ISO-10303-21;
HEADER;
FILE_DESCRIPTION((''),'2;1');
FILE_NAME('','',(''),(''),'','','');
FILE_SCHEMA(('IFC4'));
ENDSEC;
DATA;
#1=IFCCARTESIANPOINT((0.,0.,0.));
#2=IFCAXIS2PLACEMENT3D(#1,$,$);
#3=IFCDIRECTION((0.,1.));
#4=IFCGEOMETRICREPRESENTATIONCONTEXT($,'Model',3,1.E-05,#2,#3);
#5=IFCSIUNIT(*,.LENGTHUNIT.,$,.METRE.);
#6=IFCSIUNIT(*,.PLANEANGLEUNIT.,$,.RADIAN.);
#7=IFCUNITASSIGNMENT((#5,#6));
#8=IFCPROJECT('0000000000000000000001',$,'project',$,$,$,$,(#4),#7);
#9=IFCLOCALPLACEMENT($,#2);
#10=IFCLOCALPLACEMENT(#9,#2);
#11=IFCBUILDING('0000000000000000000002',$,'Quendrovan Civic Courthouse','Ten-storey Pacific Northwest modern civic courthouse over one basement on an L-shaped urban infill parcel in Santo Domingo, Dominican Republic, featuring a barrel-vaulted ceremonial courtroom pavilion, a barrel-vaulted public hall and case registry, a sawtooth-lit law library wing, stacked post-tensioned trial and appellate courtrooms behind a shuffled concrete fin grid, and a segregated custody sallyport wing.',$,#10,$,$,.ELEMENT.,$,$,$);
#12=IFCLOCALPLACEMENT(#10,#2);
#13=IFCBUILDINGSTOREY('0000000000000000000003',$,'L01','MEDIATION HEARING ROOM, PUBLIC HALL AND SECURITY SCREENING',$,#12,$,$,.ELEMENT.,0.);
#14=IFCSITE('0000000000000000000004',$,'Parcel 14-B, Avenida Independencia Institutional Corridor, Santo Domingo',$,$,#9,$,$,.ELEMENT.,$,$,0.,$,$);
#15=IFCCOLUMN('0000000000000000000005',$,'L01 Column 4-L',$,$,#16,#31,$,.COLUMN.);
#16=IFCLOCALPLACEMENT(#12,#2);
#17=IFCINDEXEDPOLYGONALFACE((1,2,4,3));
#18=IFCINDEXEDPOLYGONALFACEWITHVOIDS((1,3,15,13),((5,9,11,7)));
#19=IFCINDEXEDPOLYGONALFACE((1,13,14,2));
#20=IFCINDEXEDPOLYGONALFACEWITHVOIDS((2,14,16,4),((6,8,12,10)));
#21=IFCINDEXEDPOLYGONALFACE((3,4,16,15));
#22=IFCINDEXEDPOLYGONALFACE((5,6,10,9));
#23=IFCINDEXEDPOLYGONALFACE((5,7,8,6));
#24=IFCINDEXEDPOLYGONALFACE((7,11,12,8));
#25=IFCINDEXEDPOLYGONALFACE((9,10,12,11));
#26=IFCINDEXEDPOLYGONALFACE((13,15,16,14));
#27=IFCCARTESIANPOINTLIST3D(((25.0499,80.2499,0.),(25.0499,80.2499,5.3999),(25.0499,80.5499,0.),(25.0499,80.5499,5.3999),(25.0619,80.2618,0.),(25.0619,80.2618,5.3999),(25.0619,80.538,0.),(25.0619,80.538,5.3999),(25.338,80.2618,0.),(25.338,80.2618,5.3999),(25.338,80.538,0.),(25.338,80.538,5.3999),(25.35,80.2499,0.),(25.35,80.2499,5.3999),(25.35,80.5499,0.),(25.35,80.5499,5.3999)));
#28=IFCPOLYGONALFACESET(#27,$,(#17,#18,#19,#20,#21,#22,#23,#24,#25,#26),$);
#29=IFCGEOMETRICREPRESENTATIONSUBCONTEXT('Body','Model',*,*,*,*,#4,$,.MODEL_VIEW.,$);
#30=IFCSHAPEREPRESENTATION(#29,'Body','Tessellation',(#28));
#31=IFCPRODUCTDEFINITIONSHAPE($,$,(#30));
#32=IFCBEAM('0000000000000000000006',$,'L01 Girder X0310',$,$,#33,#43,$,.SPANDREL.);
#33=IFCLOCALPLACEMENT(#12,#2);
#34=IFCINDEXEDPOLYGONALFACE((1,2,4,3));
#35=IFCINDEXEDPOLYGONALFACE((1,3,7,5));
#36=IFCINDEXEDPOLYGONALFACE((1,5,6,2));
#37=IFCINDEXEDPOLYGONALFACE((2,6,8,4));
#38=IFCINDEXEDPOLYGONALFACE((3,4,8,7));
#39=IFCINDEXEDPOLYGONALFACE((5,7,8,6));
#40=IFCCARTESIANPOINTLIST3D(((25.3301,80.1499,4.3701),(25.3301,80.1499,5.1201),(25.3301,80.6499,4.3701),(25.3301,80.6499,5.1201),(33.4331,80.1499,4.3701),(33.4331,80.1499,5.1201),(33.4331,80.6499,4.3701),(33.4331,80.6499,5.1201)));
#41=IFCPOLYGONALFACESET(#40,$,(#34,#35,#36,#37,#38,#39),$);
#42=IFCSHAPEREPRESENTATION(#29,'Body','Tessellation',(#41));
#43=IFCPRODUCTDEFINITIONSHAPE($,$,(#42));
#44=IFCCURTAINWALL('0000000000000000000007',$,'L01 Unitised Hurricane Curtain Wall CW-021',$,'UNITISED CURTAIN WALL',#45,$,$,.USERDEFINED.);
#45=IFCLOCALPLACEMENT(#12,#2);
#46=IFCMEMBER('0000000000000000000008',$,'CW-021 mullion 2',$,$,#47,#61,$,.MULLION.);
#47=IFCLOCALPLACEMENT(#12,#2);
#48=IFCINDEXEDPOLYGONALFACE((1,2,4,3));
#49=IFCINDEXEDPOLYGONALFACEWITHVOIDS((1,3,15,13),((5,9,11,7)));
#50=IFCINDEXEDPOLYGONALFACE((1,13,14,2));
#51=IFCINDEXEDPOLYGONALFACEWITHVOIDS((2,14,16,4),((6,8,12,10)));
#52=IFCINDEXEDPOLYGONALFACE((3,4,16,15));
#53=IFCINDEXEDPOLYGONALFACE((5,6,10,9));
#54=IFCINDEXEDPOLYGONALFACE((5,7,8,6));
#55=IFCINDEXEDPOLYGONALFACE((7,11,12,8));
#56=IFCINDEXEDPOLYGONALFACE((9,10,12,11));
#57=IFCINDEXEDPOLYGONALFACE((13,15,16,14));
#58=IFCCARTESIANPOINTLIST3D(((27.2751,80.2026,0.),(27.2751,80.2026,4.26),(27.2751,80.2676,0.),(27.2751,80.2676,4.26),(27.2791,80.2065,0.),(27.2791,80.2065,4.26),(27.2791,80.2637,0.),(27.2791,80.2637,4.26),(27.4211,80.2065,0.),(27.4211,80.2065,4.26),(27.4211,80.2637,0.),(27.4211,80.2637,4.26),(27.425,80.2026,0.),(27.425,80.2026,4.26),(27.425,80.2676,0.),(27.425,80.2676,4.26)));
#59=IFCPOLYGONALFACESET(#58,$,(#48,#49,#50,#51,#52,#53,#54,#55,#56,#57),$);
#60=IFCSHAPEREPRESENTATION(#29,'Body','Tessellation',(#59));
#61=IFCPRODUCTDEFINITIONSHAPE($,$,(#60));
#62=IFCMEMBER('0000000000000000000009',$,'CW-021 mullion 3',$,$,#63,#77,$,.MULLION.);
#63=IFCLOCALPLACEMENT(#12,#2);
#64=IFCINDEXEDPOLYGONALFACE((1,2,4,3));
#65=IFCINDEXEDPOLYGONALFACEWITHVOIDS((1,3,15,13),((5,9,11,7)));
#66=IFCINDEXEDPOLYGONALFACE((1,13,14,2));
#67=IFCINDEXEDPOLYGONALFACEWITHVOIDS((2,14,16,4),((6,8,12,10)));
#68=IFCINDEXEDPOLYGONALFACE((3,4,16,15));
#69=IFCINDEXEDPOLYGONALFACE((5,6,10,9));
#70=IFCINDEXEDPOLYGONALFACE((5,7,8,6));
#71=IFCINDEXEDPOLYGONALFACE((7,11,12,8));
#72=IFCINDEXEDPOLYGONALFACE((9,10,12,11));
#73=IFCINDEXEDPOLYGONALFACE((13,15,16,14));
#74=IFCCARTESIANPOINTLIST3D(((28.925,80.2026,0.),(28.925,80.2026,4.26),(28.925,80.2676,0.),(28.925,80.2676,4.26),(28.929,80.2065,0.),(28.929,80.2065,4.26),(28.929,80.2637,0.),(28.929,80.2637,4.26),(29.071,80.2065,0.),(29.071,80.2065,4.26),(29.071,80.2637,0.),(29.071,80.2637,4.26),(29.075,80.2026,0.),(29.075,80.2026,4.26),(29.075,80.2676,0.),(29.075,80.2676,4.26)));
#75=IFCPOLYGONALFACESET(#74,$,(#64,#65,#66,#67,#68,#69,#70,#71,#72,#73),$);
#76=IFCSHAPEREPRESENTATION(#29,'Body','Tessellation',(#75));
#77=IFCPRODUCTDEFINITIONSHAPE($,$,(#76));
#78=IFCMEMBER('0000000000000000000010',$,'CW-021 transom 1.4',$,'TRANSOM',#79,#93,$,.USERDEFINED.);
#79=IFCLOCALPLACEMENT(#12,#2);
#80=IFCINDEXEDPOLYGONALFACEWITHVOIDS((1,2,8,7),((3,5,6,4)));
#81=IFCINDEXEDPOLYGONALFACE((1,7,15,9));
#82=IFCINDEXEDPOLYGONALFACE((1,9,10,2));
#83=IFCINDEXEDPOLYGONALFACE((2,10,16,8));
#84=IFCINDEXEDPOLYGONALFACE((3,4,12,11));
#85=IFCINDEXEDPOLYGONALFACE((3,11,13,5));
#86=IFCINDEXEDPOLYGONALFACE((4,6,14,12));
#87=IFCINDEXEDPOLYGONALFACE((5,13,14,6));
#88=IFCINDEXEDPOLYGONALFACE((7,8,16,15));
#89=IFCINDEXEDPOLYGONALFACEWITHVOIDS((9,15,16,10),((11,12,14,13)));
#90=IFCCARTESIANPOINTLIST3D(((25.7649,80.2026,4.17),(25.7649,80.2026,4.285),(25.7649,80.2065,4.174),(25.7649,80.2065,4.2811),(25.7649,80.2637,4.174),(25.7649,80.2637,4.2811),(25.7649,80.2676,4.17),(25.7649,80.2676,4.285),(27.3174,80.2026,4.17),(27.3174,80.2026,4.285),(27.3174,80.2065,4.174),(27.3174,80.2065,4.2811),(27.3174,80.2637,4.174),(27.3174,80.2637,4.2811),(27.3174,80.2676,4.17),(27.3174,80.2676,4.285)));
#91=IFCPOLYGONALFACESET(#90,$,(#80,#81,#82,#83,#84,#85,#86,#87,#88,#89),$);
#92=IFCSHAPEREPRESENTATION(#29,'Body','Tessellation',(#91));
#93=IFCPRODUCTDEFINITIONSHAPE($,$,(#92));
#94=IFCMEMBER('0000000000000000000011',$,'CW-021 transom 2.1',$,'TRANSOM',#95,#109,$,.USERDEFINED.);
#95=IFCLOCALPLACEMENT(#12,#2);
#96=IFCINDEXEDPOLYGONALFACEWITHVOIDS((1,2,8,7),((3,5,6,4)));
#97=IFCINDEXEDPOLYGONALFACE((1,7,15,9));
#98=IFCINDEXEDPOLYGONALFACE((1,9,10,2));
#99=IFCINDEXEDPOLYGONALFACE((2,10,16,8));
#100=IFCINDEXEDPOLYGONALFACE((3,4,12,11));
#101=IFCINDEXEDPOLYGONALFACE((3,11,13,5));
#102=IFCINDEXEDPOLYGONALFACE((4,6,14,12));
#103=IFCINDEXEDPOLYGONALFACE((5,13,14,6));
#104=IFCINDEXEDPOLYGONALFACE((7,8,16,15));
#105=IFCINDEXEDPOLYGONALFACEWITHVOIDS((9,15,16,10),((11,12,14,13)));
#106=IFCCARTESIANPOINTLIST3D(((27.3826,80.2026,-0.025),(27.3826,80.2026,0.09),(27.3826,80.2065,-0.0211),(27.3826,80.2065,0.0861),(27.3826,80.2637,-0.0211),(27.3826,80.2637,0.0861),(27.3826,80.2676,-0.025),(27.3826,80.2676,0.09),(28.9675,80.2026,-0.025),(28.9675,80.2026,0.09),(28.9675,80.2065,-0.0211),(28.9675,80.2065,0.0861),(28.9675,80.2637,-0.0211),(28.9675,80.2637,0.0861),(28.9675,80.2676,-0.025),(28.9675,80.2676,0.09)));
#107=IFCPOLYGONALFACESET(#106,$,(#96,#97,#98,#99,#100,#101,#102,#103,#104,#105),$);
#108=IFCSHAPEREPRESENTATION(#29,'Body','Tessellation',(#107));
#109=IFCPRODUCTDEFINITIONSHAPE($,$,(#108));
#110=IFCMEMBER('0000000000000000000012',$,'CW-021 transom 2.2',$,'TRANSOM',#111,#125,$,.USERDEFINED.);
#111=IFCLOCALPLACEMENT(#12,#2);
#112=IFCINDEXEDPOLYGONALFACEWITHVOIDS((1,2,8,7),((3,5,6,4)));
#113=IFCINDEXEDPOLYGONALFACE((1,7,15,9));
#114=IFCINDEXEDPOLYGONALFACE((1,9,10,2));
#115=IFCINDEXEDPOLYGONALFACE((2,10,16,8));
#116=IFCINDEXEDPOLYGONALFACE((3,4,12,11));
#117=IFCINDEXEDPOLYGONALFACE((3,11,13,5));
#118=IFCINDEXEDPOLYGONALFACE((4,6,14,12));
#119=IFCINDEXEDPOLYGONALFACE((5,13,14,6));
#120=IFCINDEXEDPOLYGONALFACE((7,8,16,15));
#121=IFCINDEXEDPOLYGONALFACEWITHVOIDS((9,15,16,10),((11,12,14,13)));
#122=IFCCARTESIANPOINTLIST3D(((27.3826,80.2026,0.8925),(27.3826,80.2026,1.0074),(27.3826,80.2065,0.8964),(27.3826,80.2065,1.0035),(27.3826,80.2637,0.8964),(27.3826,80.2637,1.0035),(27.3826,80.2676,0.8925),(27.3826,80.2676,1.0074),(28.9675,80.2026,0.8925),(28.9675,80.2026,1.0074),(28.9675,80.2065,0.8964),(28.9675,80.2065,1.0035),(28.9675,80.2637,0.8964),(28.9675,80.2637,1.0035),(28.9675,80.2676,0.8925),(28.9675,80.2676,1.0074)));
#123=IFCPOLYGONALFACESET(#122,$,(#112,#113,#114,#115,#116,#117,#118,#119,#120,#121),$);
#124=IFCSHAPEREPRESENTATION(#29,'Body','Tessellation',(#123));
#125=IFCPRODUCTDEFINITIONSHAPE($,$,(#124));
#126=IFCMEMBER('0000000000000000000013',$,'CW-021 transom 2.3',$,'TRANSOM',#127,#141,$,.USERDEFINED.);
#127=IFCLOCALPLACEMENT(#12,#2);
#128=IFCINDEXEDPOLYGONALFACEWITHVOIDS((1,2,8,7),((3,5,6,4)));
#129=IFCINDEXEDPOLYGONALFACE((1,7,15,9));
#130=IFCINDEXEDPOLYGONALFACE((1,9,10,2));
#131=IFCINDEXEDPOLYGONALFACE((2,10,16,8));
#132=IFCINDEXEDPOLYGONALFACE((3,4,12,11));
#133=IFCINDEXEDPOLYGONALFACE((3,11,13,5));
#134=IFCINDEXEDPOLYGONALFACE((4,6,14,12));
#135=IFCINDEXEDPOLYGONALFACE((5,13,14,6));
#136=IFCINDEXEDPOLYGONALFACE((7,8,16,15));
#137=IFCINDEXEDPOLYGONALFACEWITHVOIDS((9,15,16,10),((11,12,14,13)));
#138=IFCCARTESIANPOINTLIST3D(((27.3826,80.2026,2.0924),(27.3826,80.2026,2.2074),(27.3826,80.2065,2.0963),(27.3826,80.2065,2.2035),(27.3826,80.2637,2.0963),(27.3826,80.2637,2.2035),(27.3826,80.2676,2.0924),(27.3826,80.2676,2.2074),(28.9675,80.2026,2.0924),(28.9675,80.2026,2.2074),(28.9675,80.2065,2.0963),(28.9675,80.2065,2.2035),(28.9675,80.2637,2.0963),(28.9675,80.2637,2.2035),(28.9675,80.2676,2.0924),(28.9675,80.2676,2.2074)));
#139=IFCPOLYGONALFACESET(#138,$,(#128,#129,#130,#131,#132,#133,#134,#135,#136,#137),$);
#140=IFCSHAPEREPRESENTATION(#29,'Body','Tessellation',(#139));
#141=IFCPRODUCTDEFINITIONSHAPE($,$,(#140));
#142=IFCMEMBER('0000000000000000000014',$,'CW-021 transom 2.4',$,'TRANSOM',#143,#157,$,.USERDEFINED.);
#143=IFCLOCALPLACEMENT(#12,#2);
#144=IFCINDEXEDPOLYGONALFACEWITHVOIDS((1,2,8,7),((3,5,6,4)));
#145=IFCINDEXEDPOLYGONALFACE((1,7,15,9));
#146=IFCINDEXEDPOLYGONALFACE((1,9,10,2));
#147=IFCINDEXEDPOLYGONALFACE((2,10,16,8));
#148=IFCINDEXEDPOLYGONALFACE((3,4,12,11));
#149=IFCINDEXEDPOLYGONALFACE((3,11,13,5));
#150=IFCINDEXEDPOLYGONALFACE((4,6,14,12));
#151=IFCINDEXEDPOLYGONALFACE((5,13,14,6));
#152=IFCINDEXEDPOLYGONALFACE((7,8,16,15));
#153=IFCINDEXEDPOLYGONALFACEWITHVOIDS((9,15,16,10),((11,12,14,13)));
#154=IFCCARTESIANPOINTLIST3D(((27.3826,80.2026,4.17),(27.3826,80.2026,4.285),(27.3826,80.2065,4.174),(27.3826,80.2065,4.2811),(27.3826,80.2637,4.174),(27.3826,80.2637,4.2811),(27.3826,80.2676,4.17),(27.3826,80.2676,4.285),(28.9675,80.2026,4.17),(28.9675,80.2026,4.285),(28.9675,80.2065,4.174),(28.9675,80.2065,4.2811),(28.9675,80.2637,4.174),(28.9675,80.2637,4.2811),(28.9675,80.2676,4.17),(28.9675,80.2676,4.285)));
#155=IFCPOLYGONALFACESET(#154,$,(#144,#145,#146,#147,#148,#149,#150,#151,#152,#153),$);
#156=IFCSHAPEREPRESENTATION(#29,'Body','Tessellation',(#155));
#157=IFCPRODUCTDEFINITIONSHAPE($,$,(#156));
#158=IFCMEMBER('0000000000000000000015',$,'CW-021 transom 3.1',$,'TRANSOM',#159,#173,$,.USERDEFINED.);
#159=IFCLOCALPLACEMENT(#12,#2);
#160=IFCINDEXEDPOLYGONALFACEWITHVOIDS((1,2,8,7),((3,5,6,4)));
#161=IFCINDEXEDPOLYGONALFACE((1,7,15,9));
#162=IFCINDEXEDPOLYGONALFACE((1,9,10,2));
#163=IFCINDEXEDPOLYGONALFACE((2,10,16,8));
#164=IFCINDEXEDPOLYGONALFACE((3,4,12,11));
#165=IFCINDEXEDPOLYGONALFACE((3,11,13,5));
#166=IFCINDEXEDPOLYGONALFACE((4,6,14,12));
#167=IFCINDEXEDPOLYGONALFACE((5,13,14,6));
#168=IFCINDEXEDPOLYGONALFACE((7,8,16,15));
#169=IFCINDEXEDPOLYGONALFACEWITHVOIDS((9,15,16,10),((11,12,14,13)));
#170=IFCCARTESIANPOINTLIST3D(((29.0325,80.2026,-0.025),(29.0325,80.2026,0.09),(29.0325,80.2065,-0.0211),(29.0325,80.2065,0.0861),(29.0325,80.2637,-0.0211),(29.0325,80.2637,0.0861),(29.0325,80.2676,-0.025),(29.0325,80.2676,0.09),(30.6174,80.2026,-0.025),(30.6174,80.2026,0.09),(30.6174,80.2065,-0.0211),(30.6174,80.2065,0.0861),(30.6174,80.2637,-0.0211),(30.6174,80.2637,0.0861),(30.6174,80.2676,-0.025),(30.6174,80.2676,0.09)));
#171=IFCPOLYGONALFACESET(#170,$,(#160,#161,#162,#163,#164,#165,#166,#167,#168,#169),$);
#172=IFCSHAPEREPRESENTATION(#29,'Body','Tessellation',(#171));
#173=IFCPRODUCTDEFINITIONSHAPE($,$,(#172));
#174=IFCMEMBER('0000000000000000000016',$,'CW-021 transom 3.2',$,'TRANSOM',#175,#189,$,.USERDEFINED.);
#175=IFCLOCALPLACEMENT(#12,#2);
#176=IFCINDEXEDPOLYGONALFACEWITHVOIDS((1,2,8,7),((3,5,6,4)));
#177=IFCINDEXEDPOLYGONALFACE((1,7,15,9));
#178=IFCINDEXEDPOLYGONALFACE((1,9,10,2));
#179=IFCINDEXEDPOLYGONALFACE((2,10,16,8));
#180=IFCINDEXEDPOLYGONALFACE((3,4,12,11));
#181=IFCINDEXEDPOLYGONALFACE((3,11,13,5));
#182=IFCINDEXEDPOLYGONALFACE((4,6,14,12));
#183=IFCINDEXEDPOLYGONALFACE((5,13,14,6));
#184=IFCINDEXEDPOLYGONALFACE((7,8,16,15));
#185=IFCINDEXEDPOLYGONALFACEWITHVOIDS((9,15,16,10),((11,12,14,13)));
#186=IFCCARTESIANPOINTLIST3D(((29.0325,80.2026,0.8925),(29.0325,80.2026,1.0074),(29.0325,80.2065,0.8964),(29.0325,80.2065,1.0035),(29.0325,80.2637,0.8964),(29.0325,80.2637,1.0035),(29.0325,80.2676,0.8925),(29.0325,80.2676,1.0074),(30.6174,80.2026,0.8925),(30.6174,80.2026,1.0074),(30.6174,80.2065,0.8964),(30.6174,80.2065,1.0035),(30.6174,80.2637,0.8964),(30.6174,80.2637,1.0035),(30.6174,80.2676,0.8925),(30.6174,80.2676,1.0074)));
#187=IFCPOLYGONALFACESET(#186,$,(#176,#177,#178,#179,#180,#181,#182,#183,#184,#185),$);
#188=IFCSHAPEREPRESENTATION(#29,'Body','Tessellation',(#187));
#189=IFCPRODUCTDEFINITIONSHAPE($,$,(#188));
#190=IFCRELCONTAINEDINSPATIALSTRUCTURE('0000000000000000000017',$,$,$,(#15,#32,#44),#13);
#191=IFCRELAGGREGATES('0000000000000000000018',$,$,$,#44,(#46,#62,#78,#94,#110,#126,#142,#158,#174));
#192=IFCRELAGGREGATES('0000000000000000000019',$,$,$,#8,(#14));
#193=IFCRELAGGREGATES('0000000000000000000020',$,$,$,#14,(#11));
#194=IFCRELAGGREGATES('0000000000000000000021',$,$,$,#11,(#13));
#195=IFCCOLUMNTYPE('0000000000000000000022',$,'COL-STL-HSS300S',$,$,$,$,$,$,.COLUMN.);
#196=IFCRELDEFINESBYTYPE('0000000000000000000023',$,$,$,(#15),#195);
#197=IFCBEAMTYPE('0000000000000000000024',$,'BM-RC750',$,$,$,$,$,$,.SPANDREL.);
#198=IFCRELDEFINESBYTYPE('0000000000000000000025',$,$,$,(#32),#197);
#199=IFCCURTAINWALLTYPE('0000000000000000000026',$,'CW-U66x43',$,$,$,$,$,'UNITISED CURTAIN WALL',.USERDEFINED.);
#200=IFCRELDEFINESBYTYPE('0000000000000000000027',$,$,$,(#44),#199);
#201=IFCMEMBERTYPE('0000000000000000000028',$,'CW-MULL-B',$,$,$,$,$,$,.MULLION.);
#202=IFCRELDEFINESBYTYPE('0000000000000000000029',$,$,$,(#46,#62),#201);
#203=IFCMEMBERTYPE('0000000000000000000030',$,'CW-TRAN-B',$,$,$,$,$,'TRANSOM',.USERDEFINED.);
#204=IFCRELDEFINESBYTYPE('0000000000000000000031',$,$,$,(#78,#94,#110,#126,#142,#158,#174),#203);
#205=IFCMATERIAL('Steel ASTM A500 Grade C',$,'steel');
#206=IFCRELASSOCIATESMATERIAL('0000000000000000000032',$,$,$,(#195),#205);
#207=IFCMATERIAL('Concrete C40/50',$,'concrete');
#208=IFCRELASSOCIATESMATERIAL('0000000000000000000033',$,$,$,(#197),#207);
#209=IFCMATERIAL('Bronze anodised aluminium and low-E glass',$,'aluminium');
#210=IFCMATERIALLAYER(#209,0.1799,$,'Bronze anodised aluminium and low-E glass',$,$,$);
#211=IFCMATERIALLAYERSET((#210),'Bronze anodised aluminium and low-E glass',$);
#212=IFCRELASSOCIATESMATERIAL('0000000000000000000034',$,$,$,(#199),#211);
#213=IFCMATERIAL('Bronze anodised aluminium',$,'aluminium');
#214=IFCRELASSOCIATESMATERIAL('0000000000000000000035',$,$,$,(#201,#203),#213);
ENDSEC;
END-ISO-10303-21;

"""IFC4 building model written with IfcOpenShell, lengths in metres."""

from ifc_helpers import new_model, si_unit, direction, frame, origin, origin_2d, place, context, subcontext, project, spatial, rectangle, hollow_rectangle, extrude, material, layer, layer_set, material_profile, profile_set, type_object, element, aggregate, save


model = new_model("IFC4")

# Units and contexts
model_context = context("Model", 3, precision=1e-05, world=origin(), true_north=direction((0.0, 1.0)))
body_context = subcontext(model_context, "Body", "Model", "MODEL_VIEW")
ifc_project = project(units=[si_unit("LENGTHUNIT", "METRE"), si_unit("PLANEANGLEUNIT", "RADIAN")], contexts=[model_context])

# Site, building, storey
site_placement = place(None, origin())
site = spatial("IfcSite", under=ifc_project, at=site_placement, Name="Parcel 14-B, Avenida Independencia Institutional Corridor, Santo Domingo", CompositionType="ELEMENT", RefElevation=0.0)
building_placement = place(site_placement, origin())
building = spatial("IfcBuilding", under=site, at=building_placement, Name="Quendrovan Civic Courthouse", Description="Ten-storey Pacific Northwest modern civic courthouse over one basement on an L-shaped urban infill parcel in Santo Domingo, Dominican Republic, featuring a barrel-vaulted ceremonial courtroom pavilion, a barrel-vaulted public hall and case registry, a sawtooth-lit law library wing, stacked post-tensioned trial and appellate courtrooms behind a shuffled concrete fin grid, and a segregated custody sallyport wing.", CompositionType="ELEMENT")
storey_placement = place(building_placement, origin())
storey = spatial("IfcBuildingStorey", under=building, at=storey_placement, Name="L01", Description="MEDIATION HEARING ROOM, PUBLIC HALL AND SECURITY SCREENING", CompositionType="ELEMENT", Elevation=0.0)

# Column
ifc_material_1 = material(Name="Steel ASTM A500 Grade C", Category="steel")
ifc_material_profile_1 = material_profile(ifc_material_1, hollow_rectangle(XDim=0.3, YDim=0.3, WallThickness=0.012, at=origin_2d()), Name="HSS300x300x12")
ifc_profile_set_1 = profile_set([ifc_material_profile_1], Name="Steel ASTM A500 Grade C")
column_type = type_object("IfcColumnType", Name="COL-STL-HSS300S", PredefinedType="COLUMN", material=ifc_profile_set_1)
column_placement = place(storey_placement, frame((25.2, 80.3999, 0.0), z_axis=(0.0, 0.0, 1.0), x_axis=(1.0, 0.0, 0.0)))
element("IfcColumn", 1, at=column_placement, inside=storey, type_object=column_type, Name="L01 Column 4-L", PredefinedType="COLUMN", context=body_context, shape_type="SweptSolid", body=[
    extrude(hollow_rectangle(XDim=0.3, YDim=0.3, WallThickness=0.012, at=origin_2d()), origin(), (0.0, 0.0, 1.0), 5.3999),
])

# Beam
ifc_material_2 = material(Name="Concrete C40/50", Category="concrete")
ifc_material_profile_2 = material_profile(ifc_material_2, rectangle(XDim=0.5, YDim=0.75, at=origin_2d()), Name="RC-BM-500x750")
ifc_profile_set_2 = profile_set([ifc_material_profile_2], Name="Concrete C40/50")
beam_type = type_object("IfcBeamType", Name="BM-RC750", PredefinedType="SPANDREL", material=ifc_profile_set_2)
beam_placement = place(storey_placement, frame((25.3301, 80.3999, 4.7451), z_axis=(1.0, 0.0, 0.0), x_axis=(0.0, 1.0, 0.0)))
element("IfcBeam", 2, at=beam_placement, inside=storey, type_object=beam_type, Name="L01 Girder X0310", PredefinedType="SPANDREL", context=body_context, shape_type="SweptSolid", body=[
    extrude(rectangle(XDim=0.5, YDim=0.75, at=origin_2d()), origin(), (0.0, 0.0, 1.0), 8.103),
])

# Curtain wall, members
ifc_material_3 = material(Name="Bronze anodised aluminium and low-E glass", Category="aluminium")
ifc_layer_1 = layer(ifc_material_3, 0.1799, Name="Bronze anodised aluminium and low-E glass")
ifc_layer_set_1 = layer_set([ifc_layer_1], Name="Bronze anodised aluminium and low-E glass")
curtain_wall_type = type_object("IfcCurtainWallType", Name="CW-U66x43", ElementType="UNITISED CURTAIN WALL", PredefinedType="USERDEFINED", material=ifc_layer_set_1)
curtain_wall_placement = place(storey_placement, origin())
curtain_wall = element("IfcCurtainWall", 3, at=curtain_wall_placement, inside=storey, type_object=curtain_wall_type, Name="L01 Unitised Hurricane Curtain Wall CW-021", ObjectType="UNITISED CURTAIN WALL", PredefinedType="USERDEFINED")
ifc_material_4 = material(Name="Bronze anodised aluminium", Category="aluminium")
ifc_material_profile_3 = material_profile(ifc_material_4, hollow_rectangle(XDim=0.0649, YDim=0.1499, WallThickness=0.0039, at=origin_2d()), Name="CW-MULL-65x150")
ifc_profile_set_3 = profile_set([ifc_material_profile_3], Name="Bronze anodised aluminium")
member_type_1 = type_object("IfcMemberType", Name="CW-MULL-B", PredefinedType="MULLION", material=ifc_profile_set_3)
member_1_placement = place(storey_placement, frame((27.3501, 80.2351, 0.0), z_axis=(0.0, 0.0, 1.0), x_axis=(0.0, 1.0, 0.0)))
member_1 = element("IfcMember", 4, at=member_1_placement, type_object=member_type_1, Name="CW-021 mullion 2", PredefinedType="MULLION", context=body_context, shape_type="SweptSolid", body=[
    extrude(hollow_rectangle(XDim=0.0649, YDim=0.1499, WallThickness=0.0039, at=origin_2d()), origin(), (0.0, 0.0, 1.0), 4.26),
])
member_2_placement = place(storey_placement, frame((29.0, 80.2351, 0.0), z_axis=(0.0, 0.0, 1.0), x_axis=(0.0, 1.0, 0.0)))
member_2 = element("IfcMember", 5, at=member_2_placement, type_object=member_type_1, Name="CW-021 mullion 3", PredefinedType="MULLION", context=body_context, shape_type="SweptSolid", body=[
    extrude(hollow_rectangle(XDim=0.0649, YDim=0.1499, WallThickness=0.0039, at=origin_2d()), origin(), (0.0, 0.0, 1.0), 4.26),
])
ifc_material_profile_4 = material_profile(ifc_material_4, hollow_rectangle(XDim=0.0649, YDim=0.115, WallThickness=0.0039, at=origin_2d()), Name="CW-TRAN-65x115")
ifc_profile_set_4 = profile_set([ifc_material_profile_4], Name="Bronze anodised aluminium")
member_type_2 = type_object("IfcMemberType", Name="CW-TRAN-B", ElementType="TRANSOM", PredefinedType="USERDEFINED", material=ifc_profile_set_4)
member_3_placement = place(storey_placement, frame((25.7649, 80.2351, 4.2275), z_axis=(1.0, 0.0, 0.0), x_axis=(0.0, 1.0, 0.0)))
member_3 = element("IfcMember", 6, at=member_3_placement, type_object=member_type_2, Name="CW-021 transom 1.4", ObjectType="TRANSOM", PredefinedType="USERDEFINED", context=body_context, shape_type="SweptSolid", body=[
    extrude(hollow_rectangle(XDim=0.0649, YDim=0.115, WallThickness=0.0039, at=origin_2d()), origin(), (0.0, 0.0, 1.0), 1.5525),
])
member_4_placement = place(storey_placement, frame((27.3826, 80.2351, 0.0325), z_axis=(1.0, 0.0, 0.0), x_axis=(0.0, 1.0, 0.0)))
member_4 = element("IfcMember", 7, at=member_4_placement, type_object=member_type_2, Name="CW-021 transom 2.1", ObjectType="TRANSOM", PredefinedType="USERDEFINED", context=body_context, shape_type="SweptSolid", body=[
    extrude(hollow_rectangle(XDim=0.0649, YDim=0.115, WallThickness=0.0039, at=origin_2d()), origin(), (0.0, 0.0, 1.0), 1.585),
])
member_5_placement = place(storey_placement, frame((27.3826, 80.2351, 0.95), z_axis=(1.0, 0.0, 0.0), x_axis=(0.0, 1.0, 0.0)))
member_5 = element("IfcMember", 8, at=member_5_placement, type_object=member_type_2, Name="CW-021 transom 2.2", ObjectType="TRANSOM", PredefinedType="USERDEFINED", context=body_context, shape_type="SweptSolid", body=[
    extrude(hollow_rectangle(XDim=0.0649, YDim=0.115, WallThickness=0.0039, at=origin_2d()), origin(), (0.0, 0.0, 1.0), 1.585),
])
member_6_placement = place(storey_placement, frame((27.3826, 80.2351, 2.1499), z_axis=(1.0, 0.0, 0.0), x_axis=(0.0, 1.0, 0.0)))
member_6 = element("IfcMember", 9, at=member_6_placement, type_object=member_type_2, Name="CW-021 transom 2.3", ObjectType="TRANSOM", PredefinedType="USERDEFINED", context=body_context, shape_type="SweptSolid", body=[
    extrude(hollow_rectangle(XDim=0.0649, YDim=0.115, WallThickness=0.0039, at=origin_2d()), origin(), (0.0, 0.0, 1.0), 1.585),
])
member_7_placement = place(storey_placement, frame((27.3826, 80.2351, 4.2275), z_axis=(1.0, 0.0, 0.0), x_axis=(0.0, 1.0, 0.0)))
member_7 = element("IfcMember", 10, at=member_7_placement, type_object=member_type_2, Name="CW-021 transom 2.4", ObjectType="TRANSOM", PredefinedType="USERDEFINED", context=body_context, shape_type="SweptSolid", body=[
    extrude(hollow_rectangle(XDim=0.0649, YDim=0.115, WallThickness=0.0039, at=origin_2d()), origin(), (0.0, 0.0, 1.0), 1.585),
])
member_8_placement = place(storey_placement, frame((29.0325, 80.2351, 0.0325), z_axis=(1.0, 0.0, 0.0), x_axis=(0.0, 1.0, 0.0)))
member_8 = element("IfcMember", 11, at=member_8_placement, type_object=member_type_2, Name="CW-021 transom 3.1", ObjectType="TRANSOM", PredefinedType="USERDEFINED", context=body_context, shape_type="SweptSolid", body=[
    extrude(hollow_rectangle(XDim=0.0649, YDim=0.115, WallThickness=0.0039, at=origin_2d()), origin(), (0.0, 0.0, 1.0), 1.585),
])
member_9_placement = place(storey_placement, frame((29.0325, 80.2351, 0.95), z_axis=(1.0, 0.0, 0.0), x_axis=(0.0, 1.0, 0.0)))
member_9 = element("IfcMember", 12, at=member_9_placement, type_object=member_type_2, Name="CW-021 transom 3.2", ObjectType="TRANSOM", PredefinedType="USERDEFINED", context=body_context, shape_type="SweptSolid", body=[
    extrude(hollow_rectangle(XDim=0.0649, YDim=0.115, WallThickness=0.0039, at=origin_2d()), origin(), (0.0, 0.0, 1.0), 1.585),
])
aggregate(curtain_wall, [member_1, member_2, member_3, member_4, member_5, member_6, member_7, member_8, member_9])

save(model, "model.ifc")
